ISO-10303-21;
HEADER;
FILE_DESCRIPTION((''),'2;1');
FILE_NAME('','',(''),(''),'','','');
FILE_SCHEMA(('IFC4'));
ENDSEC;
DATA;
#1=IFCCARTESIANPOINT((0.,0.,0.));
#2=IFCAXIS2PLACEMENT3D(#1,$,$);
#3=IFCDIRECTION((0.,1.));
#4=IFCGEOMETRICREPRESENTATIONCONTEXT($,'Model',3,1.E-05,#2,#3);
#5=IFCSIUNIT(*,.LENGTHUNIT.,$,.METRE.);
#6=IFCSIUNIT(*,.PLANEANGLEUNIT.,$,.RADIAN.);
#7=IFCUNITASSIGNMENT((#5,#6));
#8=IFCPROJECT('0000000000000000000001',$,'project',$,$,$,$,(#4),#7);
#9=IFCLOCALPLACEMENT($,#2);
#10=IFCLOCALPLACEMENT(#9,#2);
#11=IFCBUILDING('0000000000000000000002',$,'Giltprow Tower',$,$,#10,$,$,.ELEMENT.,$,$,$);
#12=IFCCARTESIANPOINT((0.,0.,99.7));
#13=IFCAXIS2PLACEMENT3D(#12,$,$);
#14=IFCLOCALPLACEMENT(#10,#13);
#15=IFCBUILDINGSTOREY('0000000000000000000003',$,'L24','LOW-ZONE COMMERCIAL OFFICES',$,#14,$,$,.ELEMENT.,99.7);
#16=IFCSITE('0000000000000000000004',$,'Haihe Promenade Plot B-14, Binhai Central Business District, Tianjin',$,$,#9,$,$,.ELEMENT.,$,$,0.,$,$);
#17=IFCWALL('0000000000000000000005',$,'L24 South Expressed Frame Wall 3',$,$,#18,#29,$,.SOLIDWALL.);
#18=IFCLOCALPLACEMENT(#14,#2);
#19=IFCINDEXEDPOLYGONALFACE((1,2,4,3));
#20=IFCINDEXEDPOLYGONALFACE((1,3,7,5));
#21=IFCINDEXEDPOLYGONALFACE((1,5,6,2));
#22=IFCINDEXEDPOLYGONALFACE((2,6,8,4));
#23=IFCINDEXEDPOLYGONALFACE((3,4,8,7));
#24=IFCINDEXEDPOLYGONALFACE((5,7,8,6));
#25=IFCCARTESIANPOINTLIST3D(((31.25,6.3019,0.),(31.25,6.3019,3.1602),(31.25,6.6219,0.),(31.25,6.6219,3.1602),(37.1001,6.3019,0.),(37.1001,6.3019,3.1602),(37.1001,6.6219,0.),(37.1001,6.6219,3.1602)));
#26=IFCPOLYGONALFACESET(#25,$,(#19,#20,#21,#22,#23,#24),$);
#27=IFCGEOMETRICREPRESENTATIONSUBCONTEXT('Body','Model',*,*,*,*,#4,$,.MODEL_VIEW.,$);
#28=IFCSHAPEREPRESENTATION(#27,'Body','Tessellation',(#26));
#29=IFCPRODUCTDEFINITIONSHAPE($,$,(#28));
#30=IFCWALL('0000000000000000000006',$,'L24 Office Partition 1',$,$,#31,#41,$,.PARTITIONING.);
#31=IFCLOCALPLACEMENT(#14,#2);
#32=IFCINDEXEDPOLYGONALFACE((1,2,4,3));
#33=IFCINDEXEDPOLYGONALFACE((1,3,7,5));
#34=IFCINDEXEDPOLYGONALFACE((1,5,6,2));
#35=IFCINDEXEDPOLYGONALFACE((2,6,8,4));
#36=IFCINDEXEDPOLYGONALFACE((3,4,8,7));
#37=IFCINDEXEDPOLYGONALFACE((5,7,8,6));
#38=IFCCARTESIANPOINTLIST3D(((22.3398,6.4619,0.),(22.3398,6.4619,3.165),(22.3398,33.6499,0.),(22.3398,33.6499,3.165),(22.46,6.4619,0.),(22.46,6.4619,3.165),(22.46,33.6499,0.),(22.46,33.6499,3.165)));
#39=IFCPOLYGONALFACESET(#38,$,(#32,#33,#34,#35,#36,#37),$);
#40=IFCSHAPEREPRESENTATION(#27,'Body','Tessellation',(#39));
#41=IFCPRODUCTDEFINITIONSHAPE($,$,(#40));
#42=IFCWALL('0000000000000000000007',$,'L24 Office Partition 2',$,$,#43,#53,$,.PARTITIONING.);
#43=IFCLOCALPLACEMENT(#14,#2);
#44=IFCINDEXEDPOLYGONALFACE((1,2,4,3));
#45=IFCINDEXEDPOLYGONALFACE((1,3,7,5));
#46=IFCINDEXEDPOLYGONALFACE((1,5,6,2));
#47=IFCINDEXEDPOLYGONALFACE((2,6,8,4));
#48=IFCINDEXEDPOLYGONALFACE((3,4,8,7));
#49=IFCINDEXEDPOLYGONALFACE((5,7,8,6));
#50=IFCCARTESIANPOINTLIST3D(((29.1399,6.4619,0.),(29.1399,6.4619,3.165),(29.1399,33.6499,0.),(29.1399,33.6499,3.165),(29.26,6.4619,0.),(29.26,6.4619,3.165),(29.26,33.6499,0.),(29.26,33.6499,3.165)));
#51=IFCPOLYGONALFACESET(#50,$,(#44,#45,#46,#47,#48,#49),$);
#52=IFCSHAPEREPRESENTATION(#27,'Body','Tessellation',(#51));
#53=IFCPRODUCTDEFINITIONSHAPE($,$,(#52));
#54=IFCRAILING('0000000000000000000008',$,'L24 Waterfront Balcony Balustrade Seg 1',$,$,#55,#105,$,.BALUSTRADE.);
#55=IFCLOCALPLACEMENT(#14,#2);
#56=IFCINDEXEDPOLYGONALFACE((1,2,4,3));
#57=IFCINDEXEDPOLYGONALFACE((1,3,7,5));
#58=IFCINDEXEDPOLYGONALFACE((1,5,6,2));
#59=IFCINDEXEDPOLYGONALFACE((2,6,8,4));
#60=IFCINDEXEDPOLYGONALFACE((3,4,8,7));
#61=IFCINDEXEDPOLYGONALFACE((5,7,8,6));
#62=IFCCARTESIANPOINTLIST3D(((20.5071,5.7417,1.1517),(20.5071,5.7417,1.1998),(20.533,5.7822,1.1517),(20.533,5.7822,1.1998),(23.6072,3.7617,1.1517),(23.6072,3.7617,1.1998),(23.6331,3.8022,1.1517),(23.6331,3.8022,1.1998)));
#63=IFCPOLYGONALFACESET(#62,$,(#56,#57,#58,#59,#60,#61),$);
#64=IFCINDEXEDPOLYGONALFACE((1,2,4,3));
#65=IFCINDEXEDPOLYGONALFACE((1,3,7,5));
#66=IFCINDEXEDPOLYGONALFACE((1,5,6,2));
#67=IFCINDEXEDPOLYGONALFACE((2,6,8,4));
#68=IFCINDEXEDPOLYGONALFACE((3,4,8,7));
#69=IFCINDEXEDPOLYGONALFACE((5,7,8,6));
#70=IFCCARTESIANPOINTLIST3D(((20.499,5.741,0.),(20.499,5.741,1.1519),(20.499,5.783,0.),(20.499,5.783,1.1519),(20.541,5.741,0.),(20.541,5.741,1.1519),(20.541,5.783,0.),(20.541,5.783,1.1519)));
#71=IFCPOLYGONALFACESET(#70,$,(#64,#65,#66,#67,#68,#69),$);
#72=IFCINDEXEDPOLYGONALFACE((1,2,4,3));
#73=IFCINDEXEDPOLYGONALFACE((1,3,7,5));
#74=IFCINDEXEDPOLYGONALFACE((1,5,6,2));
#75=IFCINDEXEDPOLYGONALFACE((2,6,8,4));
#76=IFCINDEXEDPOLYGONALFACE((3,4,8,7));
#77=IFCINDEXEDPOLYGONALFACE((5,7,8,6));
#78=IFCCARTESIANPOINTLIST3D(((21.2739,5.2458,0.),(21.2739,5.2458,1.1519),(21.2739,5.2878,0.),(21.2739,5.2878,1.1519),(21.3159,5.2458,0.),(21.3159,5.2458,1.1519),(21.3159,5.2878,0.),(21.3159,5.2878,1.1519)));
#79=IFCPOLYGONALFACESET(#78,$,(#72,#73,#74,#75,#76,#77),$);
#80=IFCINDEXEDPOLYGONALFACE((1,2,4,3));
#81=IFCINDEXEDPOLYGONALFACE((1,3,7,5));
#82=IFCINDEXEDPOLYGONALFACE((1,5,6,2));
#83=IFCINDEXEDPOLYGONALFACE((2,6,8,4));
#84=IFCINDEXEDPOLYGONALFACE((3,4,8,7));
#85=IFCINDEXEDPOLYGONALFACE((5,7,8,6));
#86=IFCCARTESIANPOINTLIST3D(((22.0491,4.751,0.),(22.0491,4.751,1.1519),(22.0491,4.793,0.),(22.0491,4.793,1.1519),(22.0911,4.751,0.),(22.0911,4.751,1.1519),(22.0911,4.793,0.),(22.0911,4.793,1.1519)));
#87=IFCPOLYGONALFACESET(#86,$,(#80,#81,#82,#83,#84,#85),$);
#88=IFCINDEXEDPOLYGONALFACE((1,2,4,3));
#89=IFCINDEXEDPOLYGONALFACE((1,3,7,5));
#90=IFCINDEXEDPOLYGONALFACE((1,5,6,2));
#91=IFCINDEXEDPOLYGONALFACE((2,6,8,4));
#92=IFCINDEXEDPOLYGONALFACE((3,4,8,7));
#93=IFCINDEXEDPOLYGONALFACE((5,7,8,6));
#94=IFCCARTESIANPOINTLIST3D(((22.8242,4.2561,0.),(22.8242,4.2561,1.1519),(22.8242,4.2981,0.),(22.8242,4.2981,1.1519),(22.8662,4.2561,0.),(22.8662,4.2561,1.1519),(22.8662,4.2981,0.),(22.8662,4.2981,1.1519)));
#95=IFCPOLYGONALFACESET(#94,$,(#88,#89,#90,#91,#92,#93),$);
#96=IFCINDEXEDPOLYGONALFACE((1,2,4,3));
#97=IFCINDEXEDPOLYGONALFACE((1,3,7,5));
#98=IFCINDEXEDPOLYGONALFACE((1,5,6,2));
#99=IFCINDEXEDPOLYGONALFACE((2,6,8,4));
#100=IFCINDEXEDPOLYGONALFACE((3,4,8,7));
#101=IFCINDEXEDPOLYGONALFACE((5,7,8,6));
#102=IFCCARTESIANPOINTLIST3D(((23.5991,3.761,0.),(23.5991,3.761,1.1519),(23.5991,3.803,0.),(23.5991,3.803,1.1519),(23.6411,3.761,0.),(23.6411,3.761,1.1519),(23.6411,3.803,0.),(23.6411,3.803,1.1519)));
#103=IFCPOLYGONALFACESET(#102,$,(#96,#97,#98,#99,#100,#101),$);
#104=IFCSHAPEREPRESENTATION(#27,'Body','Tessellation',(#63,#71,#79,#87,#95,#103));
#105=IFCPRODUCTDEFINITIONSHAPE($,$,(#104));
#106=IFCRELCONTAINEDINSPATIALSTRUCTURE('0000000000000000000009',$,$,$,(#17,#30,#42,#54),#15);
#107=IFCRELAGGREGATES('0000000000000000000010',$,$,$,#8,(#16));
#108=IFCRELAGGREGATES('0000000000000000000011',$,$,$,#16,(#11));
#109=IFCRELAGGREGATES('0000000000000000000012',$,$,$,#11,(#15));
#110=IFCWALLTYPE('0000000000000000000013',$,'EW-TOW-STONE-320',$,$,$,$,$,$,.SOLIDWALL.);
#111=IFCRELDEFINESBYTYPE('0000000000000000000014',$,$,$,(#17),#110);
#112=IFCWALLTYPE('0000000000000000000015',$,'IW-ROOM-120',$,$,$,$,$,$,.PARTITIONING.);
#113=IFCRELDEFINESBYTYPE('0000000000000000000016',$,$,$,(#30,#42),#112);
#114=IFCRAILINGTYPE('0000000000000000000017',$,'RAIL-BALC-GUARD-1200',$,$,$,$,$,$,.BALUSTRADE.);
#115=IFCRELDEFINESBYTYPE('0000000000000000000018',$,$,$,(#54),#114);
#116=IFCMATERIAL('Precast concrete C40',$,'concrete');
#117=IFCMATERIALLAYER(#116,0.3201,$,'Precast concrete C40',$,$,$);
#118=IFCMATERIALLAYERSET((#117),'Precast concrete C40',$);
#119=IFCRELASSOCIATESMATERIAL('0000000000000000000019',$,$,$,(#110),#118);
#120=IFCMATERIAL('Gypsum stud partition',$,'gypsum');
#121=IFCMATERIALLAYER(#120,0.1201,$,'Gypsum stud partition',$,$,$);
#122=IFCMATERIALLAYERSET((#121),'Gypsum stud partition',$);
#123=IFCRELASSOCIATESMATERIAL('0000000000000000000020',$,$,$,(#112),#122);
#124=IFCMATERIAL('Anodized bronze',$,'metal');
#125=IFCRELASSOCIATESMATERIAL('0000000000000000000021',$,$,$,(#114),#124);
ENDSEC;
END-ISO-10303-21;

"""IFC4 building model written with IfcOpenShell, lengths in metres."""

from ifc_helpers import new_model, si_unit, direction, frame, frame_2d, origin, origin_2d, place, context, subcontext, project, spatial, rectangle, extrude, material, layer, layer_set, type_object, element, save


model = new_model("IFC4")

# Units and contexts
model_context = context("Model", 3, precision=1e-05, world=origin(), true_north=direction((0.0, 1.0)))
body_context = subcontext(model_context, "Body", "Model", "MODEL_VIEW")
ifc_project = project(units=[si_unit("LENGTHUNIT", "METRE"), si_unit("PLANEANGLEUNIT", "RADIAN")], contexts=[model_context])

# Site, building, storey
site_placement = place(None, origin())
site = spatial("IfcSite", under=ifc_project, at=site_placement, Name="Haihe Promenade Plot B-14, Binhai Central Business District, Tianjin", CompositionType="ELEMENT", RefElevation=0.0)
building_placement = place(site_placement, origin())
building = spatial("IfcBuilding", under=site, at=building_placement, Name="Giltprow Tower", CompositionType="ELEMENT")
storey_placement = place(building_placement, frame((0.0, 0.0, 99.7)))
storey = spatial("IfcBuildingStorey", under=building, at=storey_placement, Name="L24", Description="LOW-ZONE COMMERCIAL OFFICES", CompositionType="ELEMENT", Elevation=99.7)

# Shared definitions
ifc_material_1 = material(Name="Anodized bronze", Category="metal")

# Shared definitions
ifc_material_2 = material(Name="Precast concrete C40", Category="concrete")
ifc_layer_1 = layer(ifc_material_2, 0.3201, Name="Precast concrete C40")
ifc_layer_set_1 = layer_set([ifc_layer_1], Name="Precast concrete C40")
wall_type_1 = type_object("IfcWallType", Name="EW-TOW-STONE-320", PredefinedType="SOLIDWALL", material=ifc_layer_set_1)

# Walls
wall_1_placement = place(storey_placement, frame((31.25, 6.4619, 0.0), z_axis=(0.0, 0.0, 1.0), x_axis=(1.0, 0.0, 0.0)))
element("IfcWall", 1, at=wall_1_placement, inside=storey, type_object=wall_type_1, Name="L24 South Expressed Frame Wall 3", PredefinedType="SOLIDWALL", context=body_context, shape_type="SweptSolid", body=[
    extrude(rectangle(XDim=5.8501, YDim=0.3201, at=frame_2d((2.925, 0.0))), origin(), (0.0, 0.0, 1.0), 3.1602),
])
ifc_material_3 = material(Name="Gypsum stud partition", Category="gypsum")
ifc_layer_2 = layer(ifc_material_3, 0.1201, Name="Gypsum stud partition")
ifc_layer_set_2 = layer_set([ifc_layer_2], Name="Gypsum stud partition")
wall_type_2 = type_object("IfcWallType", Name="IW-ROOM-120", PredefinedType="PARTITIONING", material=ifc_layer_set_2)
for number, where, z_axis, x_axis, name in (
    (2, (22.3999, 6.4619, 0.0), (0.0, 0.0, 1.0), (0.0, 1.0, 0.0), "L24 Office Partition 1"),
    (3, (29.2, 6.4619, 0.0), (0.0, 0.0, 1.0), (0.0, 1.0, 0.0), "L24 Office Partition 2"),
):
    element("IfcWall", number, at=place(storey_placement, frame(where, z_axis=z_axis, x_axis=x_axis)), inside=storey, type_object=wall_type_2, Name=name, PredefinedType="PARTITIONING", context=body_context, shape_type="SweptSolid", body=[
        extrude(rectangle(XDim=27.188, YDim=0.1201, at=frame_2d((13.594, 0.0))), origin(), (0.0, 0.0, 1.0), 3.165),
    ])

# Railing
railing_type = type_object("IfcRailingType", Name="RAIL-BALC-GUARD-1200", PredefinedType="BALUSTRADE", material=ifc_material_1)
railing_1_placement = place(storey_placement, frame((20.52, 5.762, 0.0)))
element("IfcRailing", 4, at=railing_1_placement, inside=storey, type_object=railing_type, Name="L24 Waterfront Balcony Balustrade Seg 1", PredefinedType="BALUSTRADE", context=body_context, shape_type="SweptSolid", body=[
    extrude(rectangle(XDim=0.0481, YDim=0.0481, at=origin_2d()), frame((0.0, 0.0, 1.1758), z_axis=(0.842775, -0.538266, 0.0), x_axis=(0.538266, 0.842775, 0.0)), (0.0, 0.0, 1.0), 3.6785),
    extrude(rectangle(XDim=0.042, YDim=0.042, at=origin_2d()), origin(), (0.0, 0.0, 1.0), 1.1519),
    extrude(rectangle(XDim=0.042, YDim=0.042, at=origin_2d()), frame((0.7749, -0.4951, 0.0)), (0.0, 0.0, 1.0), 1.1519),
    extrude(rectangle(XDim=0.042, YDim=0.042, at=origin_2d()), frame((1.55, -0.99, 0.0)), (0.0, 0.0, 1.0), 1.1519),
    extrude(rectangle(XDim=0.042, YDim=0.042, at=origin_2d()), frame((2.3252, -1.4849, 0.0)), (0.0, 0.0, 1.0), 1.1519),
    extrude(rectangle(XDim=0.042, YDim=0.042, at=origin_2d()), frame((3.1001, -1.98, 0.0)), (0.0, 0.0, 1.0), 1.1519),
])

save(model, "model.ifc")
